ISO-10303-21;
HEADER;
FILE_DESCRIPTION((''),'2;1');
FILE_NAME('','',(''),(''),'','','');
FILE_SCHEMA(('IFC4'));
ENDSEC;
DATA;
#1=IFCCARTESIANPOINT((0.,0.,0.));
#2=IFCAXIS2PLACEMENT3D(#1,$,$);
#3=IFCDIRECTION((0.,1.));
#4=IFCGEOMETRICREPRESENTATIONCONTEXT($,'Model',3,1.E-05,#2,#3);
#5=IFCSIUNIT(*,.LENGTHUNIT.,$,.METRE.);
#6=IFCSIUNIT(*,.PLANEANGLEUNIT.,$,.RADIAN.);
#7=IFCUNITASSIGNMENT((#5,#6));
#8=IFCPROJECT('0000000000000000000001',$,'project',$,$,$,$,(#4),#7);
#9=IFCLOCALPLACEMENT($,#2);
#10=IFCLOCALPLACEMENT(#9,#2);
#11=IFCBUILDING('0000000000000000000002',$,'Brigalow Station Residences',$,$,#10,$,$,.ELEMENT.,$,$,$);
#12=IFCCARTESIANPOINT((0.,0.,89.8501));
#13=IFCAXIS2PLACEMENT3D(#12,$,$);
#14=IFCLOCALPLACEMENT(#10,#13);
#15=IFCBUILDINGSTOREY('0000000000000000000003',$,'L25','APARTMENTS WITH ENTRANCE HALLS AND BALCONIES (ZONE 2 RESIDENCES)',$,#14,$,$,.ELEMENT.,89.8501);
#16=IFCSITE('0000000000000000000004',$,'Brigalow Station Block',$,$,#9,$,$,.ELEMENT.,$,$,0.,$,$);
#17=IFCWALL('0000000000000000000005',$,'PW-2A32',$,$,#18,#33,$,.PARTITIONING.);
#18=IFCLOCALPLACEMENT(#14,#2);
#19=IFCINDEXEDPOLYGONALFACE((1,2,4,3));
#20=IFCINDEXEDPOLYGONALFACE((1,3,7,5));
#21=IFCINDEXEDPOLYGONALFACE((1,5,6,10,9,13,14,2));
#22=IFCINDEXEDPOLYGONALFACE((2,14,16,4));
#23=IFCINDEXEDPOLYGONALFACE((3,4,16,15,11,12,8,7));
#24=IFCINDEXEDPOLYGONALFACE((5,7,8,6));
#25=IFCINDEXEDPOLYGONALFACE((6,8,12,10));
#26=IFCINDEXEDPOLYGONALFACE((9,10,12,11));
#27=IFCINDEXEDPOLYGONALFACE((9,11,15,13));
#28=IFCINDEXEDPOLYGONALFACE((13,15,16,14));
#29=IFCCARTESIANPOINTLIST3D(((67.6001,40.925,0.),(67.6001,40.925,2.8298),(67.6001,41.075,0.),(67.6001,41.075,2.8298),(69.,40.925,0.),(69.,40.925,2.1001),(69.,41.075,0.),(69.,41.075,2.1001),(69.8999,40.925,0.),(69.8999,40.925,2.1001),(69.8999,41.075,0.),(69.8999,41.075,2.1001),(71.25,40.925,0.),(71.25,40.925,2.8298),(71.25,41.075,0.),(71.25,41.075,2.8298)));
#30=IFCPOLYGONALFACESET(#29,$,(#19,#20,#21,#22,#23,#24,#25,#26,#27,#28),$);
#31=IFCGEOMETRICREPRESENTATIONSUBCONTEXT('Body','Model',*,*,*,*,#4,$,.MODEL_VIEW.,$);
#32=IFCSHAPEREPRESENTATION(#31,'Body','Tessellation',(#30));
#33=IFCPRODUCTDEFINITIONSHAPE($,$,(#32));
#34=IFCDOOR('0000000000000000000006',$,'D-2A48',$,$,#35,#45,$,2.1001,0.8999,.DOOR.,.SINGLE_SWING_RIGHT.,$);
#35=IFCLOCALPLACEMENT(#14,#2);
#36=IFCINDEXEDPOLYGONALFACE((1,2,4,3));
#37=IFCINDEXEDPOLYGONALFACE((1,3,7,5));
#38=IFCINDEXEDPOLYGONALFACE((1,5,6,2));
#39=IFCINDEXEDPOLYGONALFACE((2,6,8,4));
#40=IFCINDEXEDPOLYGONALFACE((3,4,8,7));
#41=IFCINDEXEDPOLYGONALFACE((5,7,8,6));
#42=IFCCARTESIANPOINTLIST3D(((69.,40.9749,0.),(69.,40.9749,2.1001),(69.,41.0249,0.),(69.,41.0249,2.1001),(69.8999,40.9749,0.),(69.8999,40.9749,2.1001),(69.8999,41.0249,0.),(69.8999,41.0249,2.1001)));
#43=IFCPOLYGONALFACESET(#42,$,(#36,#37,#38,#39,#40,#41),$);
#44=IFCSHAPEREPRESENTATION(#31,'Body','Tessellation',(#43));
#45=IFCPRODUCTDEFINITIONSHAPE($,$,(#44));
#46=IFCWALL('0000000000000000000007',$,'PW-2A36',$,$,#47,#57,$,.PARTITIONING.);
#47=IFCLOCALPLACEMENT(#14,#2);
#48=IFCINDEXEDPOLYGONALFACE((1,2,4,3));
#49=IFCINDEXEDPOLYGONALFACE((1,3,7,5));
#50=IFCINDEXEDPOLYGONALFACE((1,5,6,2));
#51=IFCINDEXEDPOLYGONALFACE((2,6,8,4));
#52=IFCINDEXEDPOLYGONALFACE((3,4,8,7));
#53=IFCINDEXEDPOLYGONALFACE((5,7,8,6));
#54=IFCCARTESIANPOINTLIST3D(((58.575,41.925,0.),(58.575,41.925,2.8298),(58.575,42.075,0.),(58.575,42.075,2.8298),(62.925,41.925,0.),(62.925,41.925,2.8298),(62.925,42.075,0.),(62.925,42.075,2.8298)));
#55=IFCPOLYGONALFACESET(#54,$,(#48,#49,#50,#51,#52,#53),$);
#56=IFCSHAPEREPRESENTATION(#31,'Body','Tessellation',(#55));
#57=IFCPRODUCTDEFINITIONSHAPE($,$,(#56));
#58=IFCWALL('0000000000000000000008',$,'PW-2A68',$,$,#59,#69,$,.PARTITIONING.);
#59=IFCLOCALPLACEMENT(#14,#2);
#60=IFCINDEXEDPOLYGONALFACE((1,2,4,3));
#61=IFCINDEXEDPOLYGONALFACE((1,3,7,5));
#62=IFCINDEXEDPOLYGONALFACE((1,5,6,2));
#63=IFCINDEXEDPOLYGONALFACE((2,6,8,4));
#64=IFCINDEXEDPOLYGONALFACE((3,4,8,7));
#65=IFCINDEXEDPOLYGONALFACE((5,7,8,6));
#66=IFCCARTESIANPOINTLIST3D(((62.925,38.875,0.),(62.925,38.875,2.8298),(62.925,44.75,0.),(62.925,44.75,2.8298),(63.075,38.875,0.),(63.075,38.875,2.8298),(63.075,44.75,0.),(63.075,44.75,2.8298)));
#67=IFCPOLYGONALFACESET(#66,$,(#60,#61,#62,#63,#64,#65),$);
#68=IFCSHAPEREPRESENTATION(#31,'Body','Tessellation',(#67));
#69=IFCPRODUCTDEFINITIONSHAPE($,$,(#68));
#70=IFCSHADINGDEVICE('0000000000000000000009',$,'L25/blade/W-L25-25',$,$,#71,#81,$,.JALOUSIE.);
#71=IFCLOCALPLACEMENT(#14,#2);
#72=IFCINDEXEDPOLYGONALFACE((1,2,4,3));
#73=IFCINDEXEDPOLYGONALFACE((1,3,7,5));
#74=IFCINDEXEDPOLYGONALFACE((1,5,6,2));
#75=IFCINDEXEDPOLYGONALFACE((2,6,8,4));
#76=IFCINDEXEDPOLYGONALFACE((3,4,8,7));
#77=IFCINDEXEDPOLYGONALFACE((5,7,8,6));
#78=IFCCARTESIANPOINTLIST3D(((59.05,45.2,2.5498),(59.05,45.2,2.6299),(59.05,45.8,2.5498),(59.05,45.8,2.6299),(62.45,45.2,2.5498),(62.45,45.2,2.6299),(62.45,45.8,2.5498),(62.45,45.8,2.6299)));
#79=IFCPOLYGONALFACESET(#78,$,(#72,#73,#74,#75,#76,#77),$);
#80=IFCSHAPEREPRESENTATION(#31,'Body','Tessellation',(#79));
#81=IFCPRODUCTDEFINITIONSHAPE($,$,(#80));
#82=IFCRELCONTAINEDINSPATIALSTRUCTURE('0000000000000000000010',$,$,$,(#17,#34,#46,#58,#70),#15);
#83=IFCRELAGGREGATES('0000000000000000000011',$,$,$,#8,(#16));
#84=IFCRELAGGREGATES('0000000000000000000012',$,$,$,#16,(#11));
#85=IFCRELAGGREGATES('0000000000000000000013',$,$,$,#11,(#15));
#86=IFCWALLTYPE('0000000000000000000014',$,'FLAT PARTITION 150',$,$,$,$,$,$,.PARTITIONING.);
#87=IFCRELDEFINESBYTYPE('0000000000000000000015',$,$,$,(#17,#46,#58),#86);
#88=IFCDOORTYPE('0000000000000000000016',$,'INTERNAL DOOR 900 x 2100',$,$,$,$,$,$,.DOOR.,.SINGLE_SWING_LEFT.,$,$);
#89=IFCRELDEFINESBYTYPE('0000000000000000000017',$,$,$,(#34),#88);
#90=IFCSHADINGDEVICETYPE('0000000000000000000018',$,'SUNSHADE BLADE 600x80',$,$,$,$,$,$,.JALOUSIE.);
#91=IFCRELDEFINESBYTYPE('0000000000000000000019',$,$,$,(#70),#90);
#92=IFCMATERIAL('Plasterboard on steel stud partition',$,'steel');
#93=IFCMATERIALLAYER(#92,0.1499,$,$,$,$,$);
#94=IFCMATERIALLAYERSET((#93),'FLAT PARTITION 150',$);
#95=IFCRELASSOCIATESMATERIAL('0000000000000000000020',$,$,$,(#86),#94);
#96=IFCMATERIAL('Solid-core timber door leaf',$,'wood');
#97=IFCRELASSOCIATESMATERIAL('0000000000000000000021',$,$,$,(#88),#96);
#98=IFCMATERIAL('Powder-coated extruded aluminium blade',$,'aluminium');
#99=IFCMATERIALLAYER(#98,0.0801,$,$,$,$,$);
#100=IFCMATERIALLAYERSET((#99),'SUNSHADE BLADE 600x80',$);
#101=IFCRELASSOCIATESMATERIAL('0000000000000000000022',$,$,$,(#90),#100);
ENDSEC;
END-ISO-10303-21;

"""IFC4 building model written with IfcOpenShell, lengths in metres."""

from ifc_helpers import new_model, si_unit, direction, frame, frame_2d, origin, origin_2d, place, context, subcontext, project, spatial, rectangle, extrude, material, layer, layer_set, type_object, element, fill, save


model = new_model("IFC4")

# Units and contexts
model_context = context("Model", 3, precision=1e-05, world=origin(), true_north=direction((0.0, 1.0)))
body_context = subcontext(model_context, "Body", "Model", "MODEL_VIEW")
ifc_project = project(units=[si_unit("LENGTHUNIT", "METRE"), si_unit("PLANEANGLEUNIT", "RADIAN")], contexts=[model_context])

# Site, building, storey
site_placement = place(None, origin())
site = spatial("IfcSite", under=ifc_project, at=site_placement, Name="Brigalow Station Block", CompositionType="ELEMENT", RefElevation=0.0)
building_placement = place(site_placement, origin())
building = spatial("IfcBuilding", under=site, at=building_placement, Name="Brigalow Station Residences", CompositionType="ELEMENT")
storey_placement = place(building_placement, frame((0.0, 0.0, 89.8501)))
storey = spatial("IfcBuildingStorey", under=building, at=storey_placement, Name="L25", Description="APARTMENTS WITH ENTRANCE HALLS AND BALCONIES (ZONE 2 RESIDENCES)", CompositionType="ELEMENT", Elevation=89.8501)

# Wall, opening, door
ifc_material_1 = material(Name="Plasterboard on steel stud partition", Category="steel")
ifc_layer_1 = layer(ifc_material_1, 0.1499)
ifc_layer_set_1 = layer_set([ifc_layer_1], Name="FLAT PARTITION 150")
wall_type_1 = type_object("IfcWallType", Name="FLAT PARTITION 150", PredefinedType="PARTITIONING", material=ifc_layer_set_1)
wall_1_placement = place(storey_placement, frame((67.6001, 41.0, 0.0), z_axis=(0.0, 0.0, 1.0), x_axis=(1.0, 0.0, 0.0)))
wall_1 = element("IfcWall", 1, at=wall_1_placement, inside=storey, type_object=wall_type_1, Name="PW-2A32", PredefinedType="PARTITIONING", context=body_context, shape_type="SweptSolid", body=[
    extrude(rectangle(XDim=3.6499, YDim=0.1499, at=frame_2d((1.825, 0.0))), origin(), (0.0, 0.0, 1.0), 2.8298),
])
opening_1_placement = place(wall_1_placement, frame((1.3999, 0.0, 0.0)))
opening_1 = element("IfcOpeningElement", 2, at=opening_1_placement, cuts=wall_1, PredefinedType="OPENING", context=body_context, shape_type="SweptSolid", body=[
    extrude(rectangle(XDim=0.8999, YDim=2.1001, at=frame_2d((0.45, 1.05))), frame((0.0, 0.085, 0.0), z_axis=(0.0, -1.0, 0.0), x_axis=(1.0, 0.0, 0.0)), (0.0, 0.0, 1.0), 0.1699),
])
ifc_material_2 = material(Name="Solid-core timber door leaf", Category="wood")
door_type_1 = type_object("IfcDoorType", Name="INTERNAL DOOR 900 x 2100", OperationType="SINGLE_SWING_LEFT", PredefinedType="DOOR", material=ifc_material_2)
door_1_placement = place(opening_1_placement, origin())
door_1 = element("IfcDoor", 3, at=door_1_placement, inside=storey, type_object=door_type_1, Name="D-2A48", OperationType="SINGLE_SWING_RIGHT", OverallHeight=2.1001, OverallWidth=0.8999, PredefinedType="DOOR", context=body_context, shape_type="SweptSolid", body=[
    extrude(rectangle(XDim=0.8999, YDim=2.1001, at=frame_2d((0.45, 1.05))), frame((0.0, 0.0249, 0.0), z_axis=(0.0, -1.0, 0.0), x_axis=(1.0, 0.0, 0.0)), (0.0, 0.0, 1.0), 0.05),
])
fill(opening_1, door_1)

# Walls
wall_2_placement = place(storey_placement, frame((58.575, 42.0, 0.0), z_axis=(0.0, 0.0, 1.0), x_axis=(1.0, 0.0, 0.0)))
element("IfcWall", 4, at=wall_2_placement, inside=storey, type_object=wall_type_1, Name="PW-2A36", PredefinedType="PARTITIONING", context=body_context, shape_type="SweptSolid", body=[
    extrude(rectangle(XDim=4.3501, YDim=0.1499, at=frame_2d((2.175, 0.0))), origin(), (0.0, 0.0, 1.0), 2.8298),
])
wall_3_placement = place(storey_placement, frame((63.0, 38.875, 0.0), z_axis=(0.0, 0.0, 1.0), x_axis=(0.0, 1.0, 0.0)))
element("IfcWall", 5, at=wall_3_placement, inside=storey, type_object=wall_type_1, Name="PW-2A68", PredefinedType="PARTITIONING", context=body_context, shape_type="SweptSolid", body=[
    extrude(rectangle(XDim=5.875, YDim=0.1499, at=frame_2d((2.9375, 0.0))), origin(), (0.0, 0.0, 1.0), 2.8298),
])

# Shading device
ifc_material_3 = material(Name="Powder-coated extruded aluminium blade", Category="aluminium")
ifc_layer_2 = layer(ifc_material_3, 0.0801)
ifc_layer_set_2 = layer_set([ifc_layer_2], Name="SUNSHADE BLADE 600x80")
shading_device_type = type_object("IfcShadingDeviceType", Name="SUNSHADE BLADE 600x80", PredefinedType="JALOUSIE", material=ifc_layer_set_2)
shading_device_placement = place(storey_placement, frame((60.75, 45.5, 2.5498), z_axis=(0.0, 0.0, 1.0), x_axis=(-1.0, 0.0, 0.0)))
element("IfcShadingDevice", 6, at=shading_device_placement, inside=storey, type_object=shading_device_type, Name="L25/blade/W-L25-25", PredefinedType="JALOUSIE", context=body_context, shape_type="SweptSolid", body=[
    extrude(rectangle(XDim=3.3999, YDim=0.6001, at=origin_2d()), origin(), (0.0, 0.0, 1.0), 0.0801),
])

save(model, "model.ifc")
